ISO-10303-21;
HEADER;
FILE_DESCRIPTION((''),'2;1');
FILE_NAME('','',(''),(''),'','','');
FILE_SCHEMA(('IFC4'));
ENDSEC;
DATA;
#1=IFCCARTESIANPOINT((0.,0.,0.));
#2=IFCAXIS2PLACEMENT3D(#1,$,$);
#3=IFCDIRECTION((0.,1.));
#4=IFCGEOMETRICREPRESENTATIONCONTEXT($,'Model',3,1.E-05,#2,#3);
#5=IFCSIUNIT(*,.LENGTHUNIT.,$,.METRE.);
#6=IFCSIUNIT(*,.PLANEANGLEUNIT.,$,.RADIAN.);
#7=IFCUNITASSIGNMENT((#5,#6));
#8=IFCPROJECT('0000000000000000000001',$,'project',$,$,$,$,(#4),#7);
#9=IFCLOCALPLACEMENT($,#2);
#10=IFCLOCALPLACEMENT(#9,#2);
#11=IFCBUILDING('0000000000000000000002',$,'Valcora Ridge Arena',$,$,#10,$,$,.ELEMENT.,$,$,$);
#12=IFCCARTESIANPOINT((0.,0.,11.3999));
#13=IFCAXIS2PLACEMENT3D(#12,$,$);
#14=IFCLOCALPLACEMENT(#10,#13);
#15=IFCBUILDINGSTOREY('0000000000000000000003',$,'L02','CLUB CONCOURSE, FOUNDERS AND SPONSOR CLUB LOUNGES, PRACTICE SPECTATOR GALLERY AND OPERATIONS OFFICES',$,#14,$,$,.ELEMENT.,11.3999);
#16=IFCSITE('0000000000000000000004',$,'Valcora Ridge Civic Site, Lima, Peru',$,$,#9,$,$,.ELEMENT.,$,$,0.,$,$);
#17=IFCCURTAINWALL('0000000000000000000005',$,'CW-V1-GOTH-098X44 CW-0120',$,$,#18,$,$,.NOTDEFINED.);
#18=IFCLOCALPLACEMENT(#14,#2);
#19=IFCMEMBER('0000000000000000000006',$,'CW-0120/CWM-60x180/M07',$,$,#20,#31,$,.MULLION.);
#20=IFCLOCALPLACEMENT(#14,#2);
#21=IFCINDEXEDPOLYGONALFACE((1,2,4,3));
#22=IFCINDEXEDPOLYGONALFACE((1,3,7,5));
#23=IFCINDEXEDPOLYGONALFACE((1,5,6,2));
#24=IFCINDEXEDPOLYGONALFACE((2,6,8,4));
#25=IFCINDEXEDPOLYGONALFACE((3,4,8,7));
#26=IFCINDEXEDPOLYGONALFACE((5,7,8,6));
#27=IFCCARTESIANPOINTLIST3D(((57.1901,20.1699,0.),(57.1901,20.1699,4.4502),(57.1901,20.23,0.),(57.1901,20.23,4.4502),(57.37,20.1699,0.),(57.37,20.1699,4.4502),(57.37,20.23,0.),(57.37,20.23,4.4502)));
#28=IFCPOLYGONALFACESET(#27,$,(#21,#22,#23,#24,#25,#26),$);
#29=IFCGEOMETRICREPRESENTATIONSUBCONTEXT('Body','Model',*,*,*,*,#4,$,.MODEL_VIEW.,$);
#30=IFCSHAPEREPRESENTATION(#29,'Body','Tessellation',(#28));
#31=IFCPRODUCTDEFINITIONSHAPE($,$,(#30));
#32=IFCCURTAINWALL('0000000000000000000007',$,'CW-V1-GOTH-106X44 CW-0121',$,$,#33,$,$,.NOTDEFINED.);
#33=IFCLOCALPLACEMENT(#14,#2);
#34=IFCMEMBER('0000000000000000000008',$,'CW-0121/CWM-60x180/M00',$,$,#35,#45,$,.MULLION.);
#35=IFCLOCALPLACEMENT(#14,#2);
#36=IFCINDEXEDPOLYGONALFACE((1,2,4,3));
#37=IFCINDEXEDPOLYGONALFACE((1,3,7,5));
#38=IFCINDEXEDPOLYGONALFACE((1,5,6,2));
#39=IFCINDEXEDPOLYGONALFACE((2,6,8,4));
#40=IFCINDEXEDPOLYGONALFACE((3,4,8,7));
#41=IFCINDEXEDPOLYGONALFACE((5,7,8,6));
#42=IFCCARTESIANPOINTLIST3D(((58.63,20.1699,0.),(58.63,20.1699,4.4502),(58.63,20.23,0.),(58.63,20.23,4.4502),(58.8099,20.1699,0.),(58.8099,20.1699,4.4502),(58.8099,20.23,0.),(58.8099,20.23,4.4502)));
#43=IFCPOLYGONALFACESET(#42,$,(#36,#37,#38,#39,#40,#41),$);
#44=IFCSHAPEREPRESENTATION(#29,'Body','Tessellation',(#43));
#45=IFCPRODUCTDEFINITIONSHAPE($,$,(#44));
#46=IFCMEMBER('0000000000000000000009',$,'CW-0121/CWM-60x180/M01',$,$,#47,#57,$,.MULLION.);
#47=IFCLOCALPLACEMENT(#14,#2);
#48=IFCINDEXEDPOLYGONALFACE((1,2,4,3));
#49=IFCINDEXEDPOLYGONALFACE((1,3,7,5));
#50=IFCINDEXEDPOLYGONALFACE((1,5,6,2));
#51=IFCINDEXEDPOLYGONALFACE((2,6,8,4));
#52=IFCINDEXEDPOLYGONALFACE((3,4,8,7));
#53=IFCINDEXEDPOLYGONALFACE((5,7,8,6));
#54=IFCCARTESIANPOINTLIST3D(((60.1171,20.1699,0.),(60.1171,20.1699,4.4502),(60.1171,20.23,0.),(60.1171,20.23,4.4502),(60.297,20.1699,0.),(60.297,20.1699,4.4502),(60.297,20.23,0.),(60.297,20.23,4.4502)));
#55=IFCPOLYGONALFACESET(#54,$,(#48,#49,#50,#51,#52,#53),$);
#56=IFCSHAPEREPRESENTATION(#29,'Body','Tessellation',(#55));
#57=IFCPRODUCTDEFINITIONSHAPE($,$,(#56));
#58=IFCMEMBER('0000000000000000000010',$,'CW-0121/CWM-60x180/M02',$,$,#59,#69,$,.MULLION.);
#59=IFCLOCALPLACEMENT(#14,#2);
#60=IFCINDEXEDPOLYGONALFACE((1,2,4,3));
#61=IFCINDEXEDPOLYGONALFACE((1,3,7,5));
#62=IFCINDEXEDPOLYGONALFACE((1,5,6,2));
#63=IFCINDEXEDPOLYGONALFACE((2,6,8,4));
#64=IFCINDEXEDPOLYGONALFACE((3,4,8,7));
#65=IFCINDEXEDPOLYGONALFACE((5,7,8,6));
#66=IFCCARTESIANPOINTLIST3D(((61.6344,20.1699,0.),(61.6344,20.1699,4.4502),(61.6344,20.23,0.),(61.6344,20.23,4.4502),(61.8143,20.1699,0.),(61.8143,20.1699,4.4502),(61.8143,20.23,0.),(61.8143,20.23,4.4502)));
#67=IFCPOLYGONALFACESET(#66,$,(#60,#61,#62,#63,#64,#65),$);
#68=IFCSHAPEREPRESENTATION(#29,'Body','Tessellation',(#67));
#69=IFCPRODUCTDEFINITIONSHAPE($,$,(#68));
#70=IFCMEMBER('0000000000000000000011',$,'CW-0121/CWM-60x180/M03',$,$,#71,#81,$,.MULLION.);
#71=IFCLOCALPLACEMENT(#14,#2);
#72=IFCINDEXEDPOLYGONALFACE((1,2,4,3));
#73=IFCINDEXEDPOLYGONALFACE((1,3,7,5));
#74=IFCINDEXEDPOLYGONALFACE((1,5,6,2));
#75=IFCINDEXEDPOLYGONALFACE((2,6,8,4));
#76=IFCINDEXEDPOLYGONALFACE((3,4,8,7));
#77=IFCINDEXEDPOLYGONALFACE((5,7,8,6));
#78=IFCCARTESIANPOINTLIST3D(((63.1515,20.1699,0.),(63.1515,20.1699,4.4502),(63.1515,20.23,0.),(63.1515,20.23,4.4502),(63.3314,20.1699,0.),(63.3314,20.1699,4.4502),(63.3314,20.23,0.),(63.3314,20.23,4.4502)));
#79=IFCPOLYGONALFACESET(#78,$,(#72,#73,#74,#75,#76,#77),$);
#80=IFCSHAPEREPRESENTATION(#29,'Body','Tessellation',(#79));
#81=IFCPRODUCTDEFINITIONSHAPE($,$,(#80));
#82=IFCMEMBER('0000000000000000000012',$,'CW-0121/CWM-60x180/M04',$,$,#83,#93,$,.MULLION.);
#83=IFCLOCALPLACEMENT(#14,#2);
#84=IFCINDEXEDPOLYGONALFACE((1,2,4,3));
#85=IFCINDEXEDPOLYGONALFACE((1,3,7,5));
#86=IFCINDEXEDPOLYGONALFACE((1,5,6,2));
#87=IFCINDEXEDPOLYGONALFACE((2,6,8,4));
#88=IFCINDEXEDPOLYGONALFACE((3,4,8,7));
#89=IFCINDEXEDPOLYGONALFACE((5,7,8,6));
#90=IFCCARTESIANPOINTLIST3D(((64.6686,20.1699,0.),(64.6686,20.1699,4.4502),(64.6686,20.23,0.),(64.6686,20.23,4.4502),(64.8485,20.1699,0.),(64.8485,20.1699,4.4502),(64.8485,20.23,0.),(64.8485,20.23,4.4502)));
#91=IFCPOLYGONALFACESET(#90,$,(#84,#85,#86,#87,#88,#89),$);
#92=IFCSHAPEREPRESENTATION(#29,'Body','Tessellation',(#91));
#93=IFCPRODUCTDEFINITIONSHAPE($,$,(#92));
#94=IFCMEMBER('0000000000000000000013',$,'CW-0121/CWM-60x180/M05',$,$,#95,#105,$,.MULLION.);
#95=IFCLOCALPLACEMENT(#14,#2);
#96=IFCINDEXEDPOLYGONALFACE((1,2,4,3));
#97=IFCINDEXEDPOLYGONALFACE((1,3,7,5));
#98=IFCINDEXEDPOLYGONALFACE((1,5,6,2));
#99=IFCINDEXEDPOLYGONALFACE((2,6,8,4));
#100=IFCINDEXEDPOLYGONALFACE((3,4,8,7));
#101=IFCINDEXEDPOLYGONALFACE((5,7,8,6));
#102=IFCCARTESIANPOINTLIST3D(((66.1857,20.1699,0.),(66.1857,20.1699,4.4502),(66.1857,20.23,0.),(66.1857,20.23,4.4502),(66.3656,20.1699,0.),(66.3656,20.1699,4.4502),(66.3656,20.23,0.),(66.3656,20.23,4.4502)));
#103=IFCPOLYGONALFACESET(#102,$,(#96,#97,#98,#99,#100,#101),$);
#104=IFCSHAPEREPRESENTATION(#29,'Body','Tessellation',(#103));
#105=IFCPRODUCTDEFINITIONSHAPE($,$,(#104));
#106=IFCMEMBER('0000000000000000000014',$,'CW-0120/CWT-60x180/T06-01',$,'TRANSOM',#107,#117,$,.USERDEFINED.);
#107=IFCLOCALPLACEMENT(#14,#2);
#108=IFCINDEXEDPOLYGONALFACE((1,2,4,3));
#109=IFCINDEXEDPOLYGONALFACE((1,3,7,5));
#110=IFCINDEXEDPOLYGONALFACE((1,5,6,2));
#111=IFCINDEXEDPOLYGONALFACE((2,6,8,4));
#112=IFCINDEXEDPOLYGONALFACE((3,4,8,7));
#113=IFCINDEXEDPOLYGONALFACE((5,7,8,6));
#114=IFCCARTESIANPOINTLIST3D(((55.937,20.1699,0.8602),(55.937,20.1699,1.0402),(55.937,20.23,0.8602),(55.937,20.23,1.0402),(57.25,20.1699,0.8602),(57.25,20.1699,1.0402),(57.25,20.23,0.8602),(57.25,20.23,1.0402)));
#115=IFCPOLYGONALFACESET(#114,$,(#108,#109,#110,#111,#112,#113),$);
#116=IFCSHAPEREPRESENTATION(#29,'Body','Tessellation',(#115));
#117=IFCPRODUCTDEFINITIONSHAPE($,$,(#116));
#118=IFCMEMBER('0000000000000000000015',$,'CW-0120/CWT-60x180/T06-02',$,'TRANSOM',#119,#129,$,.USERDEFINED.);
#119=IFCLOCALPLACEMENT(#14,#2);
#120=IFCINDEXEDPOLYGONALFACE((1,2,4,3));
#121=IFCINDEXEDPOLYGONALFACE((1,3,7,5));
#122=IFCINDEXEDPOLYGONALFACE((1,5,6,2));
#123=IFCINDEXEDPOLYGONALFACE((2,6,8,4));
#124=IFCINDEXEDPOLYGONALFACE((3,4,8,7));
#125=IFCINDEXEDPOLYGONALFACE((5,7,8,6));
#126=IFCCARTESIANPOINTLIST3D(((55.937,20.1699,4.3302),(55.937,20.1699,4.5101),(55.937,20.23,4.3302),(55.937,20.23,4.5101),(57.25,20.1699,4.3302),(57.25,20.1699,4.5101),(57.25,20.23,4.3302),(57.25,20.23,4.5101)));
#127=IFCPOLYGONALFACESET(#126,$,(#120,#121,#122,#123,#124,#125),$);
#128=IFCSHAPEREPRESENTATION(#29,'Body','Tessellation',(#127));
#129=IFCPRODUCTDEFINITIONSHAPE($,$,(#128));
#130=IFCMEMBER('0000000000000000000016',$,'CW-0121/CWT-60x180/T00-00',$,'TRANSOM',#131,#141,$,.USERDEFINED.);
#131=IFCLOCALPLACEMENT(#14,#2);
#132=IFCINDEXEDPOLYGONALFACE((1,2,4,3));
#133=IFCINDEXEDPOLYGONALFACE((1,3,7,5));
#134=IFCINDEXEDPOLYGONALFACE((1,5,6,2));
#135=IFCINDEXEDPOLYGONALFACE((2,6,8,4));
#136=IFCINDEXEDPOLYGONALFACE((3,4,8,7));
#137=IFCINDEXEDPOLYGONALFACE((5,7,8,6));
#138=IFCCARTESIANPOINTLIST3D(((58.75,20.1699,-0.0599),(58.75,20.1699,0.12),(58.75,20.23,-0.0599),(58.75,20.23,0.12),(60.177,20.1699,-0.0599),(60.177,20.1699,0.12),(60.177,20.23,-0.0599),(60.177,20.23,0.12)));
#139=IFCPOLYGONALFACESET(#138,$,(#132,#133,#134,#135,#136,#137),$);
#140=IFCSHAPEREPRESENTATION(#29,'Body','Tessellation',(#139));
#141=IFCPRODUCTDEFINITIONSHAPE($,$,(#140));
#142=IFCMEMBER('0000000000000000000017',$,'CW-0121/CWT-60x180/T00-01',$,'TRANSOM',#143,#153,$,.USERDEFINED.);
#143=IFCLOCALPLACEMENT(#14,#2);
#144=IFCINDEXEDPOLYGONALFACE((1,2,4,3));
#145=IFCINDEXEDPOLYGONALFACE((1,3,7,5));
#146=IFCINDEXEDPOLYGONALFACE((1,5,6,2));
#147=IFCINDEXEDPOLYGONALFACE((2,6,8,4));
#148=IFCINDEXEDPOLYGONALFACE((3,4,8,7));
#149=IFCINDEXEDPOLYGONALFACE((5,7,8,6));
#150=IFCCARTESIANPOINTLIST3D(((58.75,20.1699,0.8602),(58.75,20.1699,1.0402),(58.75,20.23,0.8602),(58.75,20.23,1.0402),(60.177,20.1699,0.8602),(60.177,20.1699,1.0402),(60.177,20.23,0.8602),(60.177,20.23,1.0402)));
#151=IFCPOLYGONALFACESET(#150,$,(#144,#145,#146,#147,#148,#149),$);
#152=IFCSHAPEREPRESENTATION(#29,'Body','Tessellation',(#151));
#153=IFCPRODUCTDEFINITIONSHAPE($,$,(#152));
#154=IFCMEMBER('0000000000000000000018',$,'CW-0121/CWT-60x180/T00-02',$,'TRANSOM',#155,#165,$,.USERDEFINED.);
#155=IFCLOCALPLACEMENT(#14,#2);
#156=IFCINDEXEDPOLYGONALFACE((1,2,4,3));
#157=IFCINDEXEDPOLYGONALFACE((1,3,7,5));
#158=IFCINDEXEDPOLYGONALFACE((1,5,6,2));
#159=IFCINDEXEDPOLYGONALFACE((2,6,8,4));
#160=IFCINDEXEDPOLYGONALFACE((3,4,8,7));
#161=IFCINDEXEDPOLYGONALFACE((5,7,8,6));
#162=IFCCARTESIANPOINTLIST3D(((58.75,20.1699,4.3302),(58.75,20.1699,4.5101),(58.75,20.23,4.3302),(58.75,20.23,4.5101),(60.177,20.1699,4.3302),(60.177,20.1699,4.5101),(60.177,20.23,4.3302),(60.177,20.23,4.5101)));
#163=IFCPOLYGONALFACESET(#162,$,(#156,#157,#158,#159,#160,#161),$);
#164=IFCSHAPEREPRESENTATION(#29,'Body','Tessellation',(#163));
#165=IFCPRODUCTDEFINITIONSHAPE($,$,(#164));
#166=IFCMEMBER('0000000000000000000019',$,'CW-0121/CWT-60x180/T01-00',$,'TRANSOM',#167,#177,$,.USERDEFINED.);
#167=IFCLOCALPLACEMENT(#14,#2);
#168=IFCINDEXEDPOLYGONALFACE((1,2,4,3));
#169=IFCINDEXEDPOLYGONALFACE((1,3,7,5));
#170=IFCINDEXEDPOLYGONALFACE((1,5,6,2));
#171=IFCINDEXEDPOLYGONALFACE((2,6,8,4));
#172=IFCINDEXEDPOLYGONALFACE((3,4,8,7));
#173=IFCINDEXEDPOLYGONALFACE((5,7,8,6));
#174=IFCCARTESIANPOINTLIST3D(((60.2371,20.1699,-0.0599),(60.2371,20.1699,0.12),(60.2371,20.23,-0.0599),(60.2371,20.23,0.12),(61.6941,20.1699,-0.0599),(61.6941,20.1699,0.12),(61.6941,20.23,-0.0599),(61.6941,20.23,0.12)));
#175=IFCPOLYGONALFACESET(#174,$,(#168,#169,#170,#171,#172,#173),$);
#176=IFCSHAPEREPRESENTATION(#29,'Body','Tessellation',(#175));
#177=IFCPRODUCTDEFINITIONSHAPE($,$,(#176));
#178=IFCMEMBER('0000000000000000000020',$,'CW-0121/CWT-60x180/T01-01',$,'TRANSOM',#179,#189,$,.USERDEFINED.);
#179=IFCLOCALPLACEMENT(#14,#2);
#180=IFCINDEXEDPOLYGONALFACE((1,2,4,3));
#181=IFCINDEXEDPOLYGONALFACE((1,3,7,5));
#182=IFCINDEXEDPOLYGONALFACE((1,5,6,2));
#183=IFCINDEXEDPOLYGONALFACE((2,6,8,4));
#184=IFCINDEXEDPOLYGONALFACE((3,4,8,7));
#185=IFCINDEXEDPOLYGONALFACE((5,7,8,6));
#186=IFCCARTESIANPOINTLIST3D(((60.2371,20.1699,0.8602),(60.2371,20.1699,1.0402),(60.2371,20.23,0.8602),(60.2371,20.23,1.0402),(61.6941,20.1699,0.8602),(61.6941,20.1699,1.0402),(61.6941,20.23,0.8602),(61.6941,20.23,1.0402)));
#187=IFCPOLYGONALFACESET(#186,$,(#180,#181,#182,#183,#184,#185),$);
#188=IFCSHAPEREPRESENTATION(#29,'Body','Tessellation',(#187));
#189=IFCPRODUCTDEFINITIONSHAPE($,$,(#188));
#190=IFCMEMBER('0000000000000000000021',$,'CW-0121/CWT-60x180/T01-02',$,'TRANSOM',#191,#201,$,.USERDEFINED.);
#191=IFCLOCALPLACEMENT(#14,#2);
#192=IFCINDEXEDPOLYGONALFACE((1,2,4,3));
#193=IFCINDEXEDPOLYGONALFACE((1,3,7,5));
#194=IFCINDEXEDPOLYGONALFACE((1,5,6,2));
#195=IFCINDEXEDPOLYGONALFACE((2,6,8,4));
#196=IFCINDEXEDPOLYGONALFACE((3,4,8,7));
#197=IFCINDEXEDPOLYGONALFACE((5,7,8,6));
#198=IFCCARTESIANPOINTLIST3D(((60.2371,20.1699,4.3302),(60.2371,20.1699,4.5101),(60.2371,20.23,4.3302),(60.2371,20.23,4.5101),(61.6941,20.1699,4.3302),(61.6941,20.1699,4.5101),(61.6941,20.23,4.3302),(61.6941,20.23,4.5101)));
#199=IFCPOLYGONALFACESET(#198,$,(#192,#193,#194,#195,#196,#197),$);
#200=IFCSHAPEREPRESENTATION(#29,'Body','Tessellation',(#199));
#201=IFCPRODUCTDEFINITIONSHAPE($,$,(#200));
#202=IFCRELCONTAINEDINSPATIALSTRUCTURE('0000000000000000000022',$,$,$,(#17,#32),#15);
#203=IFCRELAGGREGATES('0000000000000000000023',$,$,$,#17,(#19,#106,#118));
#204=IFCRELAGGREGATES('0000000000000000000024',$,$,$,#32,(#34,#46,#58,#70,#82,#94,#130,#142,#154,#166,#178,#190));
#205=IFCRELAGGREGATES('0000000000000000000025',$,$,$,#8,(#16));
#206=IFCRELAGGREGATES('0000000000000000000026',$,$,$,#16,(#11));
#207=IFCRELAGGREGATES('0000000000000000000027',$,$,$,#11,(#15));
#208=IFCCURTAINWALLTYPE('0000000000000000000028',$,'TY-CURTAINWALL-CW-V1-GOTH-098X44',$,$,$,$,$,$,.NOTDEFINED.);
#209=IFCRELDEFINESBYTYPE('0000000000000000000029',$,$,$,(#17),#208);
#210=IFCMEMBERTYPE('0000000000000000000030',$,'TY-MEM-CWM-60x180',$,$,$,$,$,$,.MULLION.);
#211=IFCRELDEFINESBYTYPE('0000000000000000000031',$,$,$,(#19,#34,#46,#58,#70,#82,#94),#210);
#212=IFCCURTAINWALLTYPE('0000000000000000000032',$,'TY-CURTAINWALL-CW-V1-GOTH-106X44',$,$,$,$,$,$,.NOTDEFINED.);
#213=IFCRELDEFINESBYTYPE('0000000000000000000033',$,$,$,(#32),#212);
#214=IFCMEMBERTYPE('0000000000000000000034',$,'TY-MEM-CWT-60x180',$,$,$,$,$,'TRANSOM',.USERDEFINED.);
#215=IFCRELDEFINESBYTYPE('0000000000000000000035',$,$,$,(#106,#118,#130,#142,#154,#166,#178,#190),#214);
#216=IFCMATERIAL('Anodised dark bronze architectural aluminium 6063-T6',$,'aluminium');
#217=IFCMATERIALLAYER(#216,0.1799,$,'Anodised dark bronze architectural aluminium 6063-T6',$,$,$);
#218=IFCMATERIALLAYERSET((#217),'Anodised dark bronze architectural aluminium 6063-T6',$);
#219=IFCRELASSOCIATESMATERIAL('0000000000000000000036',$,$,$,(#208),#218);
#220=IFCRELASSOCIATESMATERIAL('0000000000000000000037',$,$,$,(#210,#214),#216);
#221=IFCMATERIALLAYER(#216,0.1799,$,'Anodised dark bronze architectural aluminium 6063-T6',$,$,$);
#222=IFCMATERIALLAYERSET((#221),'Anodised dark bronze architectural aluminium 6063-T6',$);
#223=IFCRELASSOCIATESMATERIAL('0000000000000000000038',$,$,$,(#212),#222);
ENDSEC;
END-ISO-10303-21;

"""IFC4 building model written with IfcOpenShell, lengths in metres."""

from ifc_helpers import new_model, si_unit, direction, frame, origin, origin_2d, place, context, subcontext, project, spatial, rectangle, extrude, material, layer, layer_set, material_profile, profile_set, type_object, element, aggregate, save


model = new_model("IFC4")

# Units and contexts
model_context = context("Model", 3, precision=1e-05, world=origin(), true_north=direction((0.0, 1.0)))
body_context = subcontext(model_context, "Body", "Model", "MODEL_VIEW")
ifc_project = project(units=[si_unit("LENGTHUNIT", "METRE"), si_unit("PLANEANGLEUNIT", "RADIAN")], contexts=[model_context])

# Site, building, storey
site_placement = place(None, origin())
site = spatial("IfcSite", under=ifc_project, at=site_placement, Name="Valcora Ridge Civic Site, Lima, Peru", CompositionType="ELEMENT", RefElevation=0.0)
building_placement = place(site_placement, origin())
building = spatial("IfcBuilding", under=site, at=building_placement, Name="Valcora Ridge Arena", CompositionType="ELEMENT")
storey_placement = place(building_placement, frame((0.0, 0.0, 11.3999)))
storey = spatial("IfcBuildingStorey", under=building, at=storey_placement, Name="L02", Description="CLUB CONCOURSE, FOUNDERS AND SPONSOR CLUB LOUNGES, PRACTICE SPECTATOR GALLERY AND OPERATIONS OFFICES", CompositionType="ELEMENT", Elevation=11.3999)

# Curtain wall, member
ifc_material_1 = material(Name="Anodised dark bronze architectural aluminium 6063-T6", Category="aluminium")
ifc_layer_1 = layer(ifc_material_1, 0.1799, Name="Anodised dark bronze architectural aluminium 6063-T6")
ifc_layer_set_1 = layer_set([ifc_layer_1], Name="Anodised dark bronze architectural aluminium 6063-T6")
curtain_wall_type_1 = type_object("IfcCurtainWallType", Name="TY-CURTAINWALL-CW-V1-GOTH-098X44", PredefinedType="NOTDEFINED", material=ifc_layer_set_1)
curtain_wall_1_placement = place(storey_placement, origin())
curtain_wall_1 = element("IfcCurtainWall", 1, at=curtain_wall_1_placement, inside=storey, type_object=curtain_wall_type_1, Name="CW-V1-GOTH-098X44 CW-0120", PredefinedType="NOTDEFINED")
ifc_material_profile_1 = material_profile(ifc_material_1, rectangle(XDim=0.0601, YDim=0.1799, at=origin_2d()), Name="ALU MULLION 60x180")
ifc_profile_set_1 = profile_set([ifc_material_profile_1], Name="Anodised dark bronze architectural aluminium 6063-T6")
member_type_1 = type_object("IfcMemberType", Name="TY-MEM-CWM-60x180", PredefinedType="MULLION", material=ifc_profile_set_1)
member_1_placement = place(storey_placement, frame((57.28, 20.2, 0.0), z_axis=(0.0, 0.0, 1.0), x_axis=(0.0, 1.0, 0.0)))
member_1 = element("IfcMember", 2, at=member_1_placement, type_object=member_type_1, Name="CW-0120/CWM-60x180/M07", PredefinedType="MULLION", context=body_context, shape_type="SweptSolid", body=[
    extrude(rectangle(XDim=0.0601, YDim=0.1799, at=origin_2d()), origin(), (0.0, 0.0, 1.0), 4.4502),
])

# Curtain wall, members
ifc_layer_2 = layer(ifc_material_1, 0.1799, Name="Anodised dark bronze architectural aluminium 6063-T6")
ifc_layer_set_2 = layer_set([ifc_layer_2], Name="Anodised dark bronze architectural aluminium 6063-T6")
curtain_wall_type_2 = type_object("IfcCurtainWallType", Name="TY-CURTAINWALL-CW-V1-GOTH-106X44", PredefinedType="NOTDEFINED", material=ifc_layer_set_2)
curtain_wall_2_placement = place(storey_placement, origin())
curtain_wall_2 = element("IfcCurtainWall", 3, at=curtain_wall_2_placement, inside=storey, type_object=curtain_wall_type_2, Name="CW-V1-GOTH-106X44 CW-0121", PredefinedType="NOTDEFINED")
member_2_placement = place(storey_placement, frame((58.72, 20.2, 0.0), z_axis=(0.0, 0.0, 1.0), x_axis=(0.0, 1.0, 0.0)))
member_2 = element("IfcMember", 4, at=member_2_placement, type_object=member_type_1, Name="CW-0121/CWM-60x180/M00", PredefinedType="MULLION", context=body_context, shape_type="SweptSolid", body=[
    extrude(rectangle(XDim=0.0601, YDim=0.1799, at=origin_2d()), origin(), (0.0, 0.0, 1.0), 4.4502),
])
member_3_placement = place(storey_placement, frame((60.207, 20.2, 0.0), z_axis=(0.0, 0.0, 1.0), x_axis=(0.0, 1.0, 0.0)))
member_3 = element("IfcMember", 5, at=member_3_placement, type_object=member_type_1, Name="CW-0121/CWM-60x180/M01", PredefinedType="MULLION", context=body_context, shape_type="SweptSolid", body=[
    extrude(rectangle(XDim=0.0601, YDim=0.1799, at=origin_2d()), origin(), (0.0, 0.0, 1.0), 4.4502),
])
member_4_placement = place(storey_placement, frame((61.7244, 20.2, 0.0), z_axis=(0.0, 0.0, 1.0), x_axis=(0.0, 1.0, 0.0)))
member_4 = element("IfcMember", 6, at=member_4_placement, type_object=member_type_1, Name="CW-0121/CWM-60x180/M02", PredefinedType="MULLION", context=body_context, shape_type="SweptSolid", body=[
    extrude(rectangle(XDim=0.0601, YDim=0.1799, at=origin_2d()), origin(), (0.0, 0.0, 1.0), 4.4502),
])
member_5_placement = place(storey_placement, frame((63.2415, 20.2, 0.0), z_axis=(0.0, 0.0, 1.0), x_axis=(0.0, 1.0, 0.0)))
member_5 = element("IfcMember", 7, at=member_5_placement, type_object=member_type_1, Name="CW-0121/CWM-60x180/M03", PredefinedType="MULLION", context=body_context, shape_type="SweptSolid", body=[
    extrude(rectangle(XDim=0.0601, YDim=0.1799, at=origin_2d()), origin(), (0.0, 0.0, 1.0), 4.4502),
])
member_6_placement = place(storey_placement, frame((64.7585, 20.2, 0.0), z_axis=(0.0, 0.0, 1.0), x_axis=(0.0, 1.0, 0.0)))
member_6 = element("IfcMember", 8, at=member_6_placement, type_object=member_type_1, Name="CW-0121/CWM-60x180/M04", PredefinedType="MULLION", context=body_context, shape_type="SweptSolid", body=[
    extrude(rectangle(XDim=0.0601, YDim=0.1799, at=origin_2d()), origin(), (0.0, 0.0, 1.0), 4.4502),
])
member_7_placement = place(storey_placement, frame((66.2756, 20.2, 0.0), z_axis=(0.0, 0.0, 1.0), x_axis=(0.0, 1.0, 0.0)))
member_7 = element("IfcMember", 9, at=member_7_placement, type_object=member_type_1, Name="CW-0121/CWM-60x180/M05", PredefinedType="MULLION", context=body_context, shape_type="SweptSolid", body=[
    extrude(rectangle(XDim=0.0601, YDim=0.1799, at=origin_2d()), origin(), (0.0, 0.0, 1.0), 4.4502),
])

# Members
ifc_material_profile_2 = material_profile(ifc_material_1, rectangle(XDim=0.0601, YDim=0.1799, at=origin_2d()), Name="ALU TRANSOM 60x180")
ifc_profile_set_2 = profile_set([ifc_material_profile_2], Name="Anodised dark bronze architectural aluminium 6063-T6")
member_type_2 = type_object("IfcMemberType", Name="TY-MEM-CWT-60x180", ElementType="TRANSOM", PredefinedType="USERDEFINED", material=ifc_profile_set_2)
member_8_placement = place(storey_placement, frame((55.937, 20.2, 0.9502), z_axis=(1.0, 0.0, 0.0), x_axis=(0.0, 1.0, 0.0)))
member_8 = element("IfcMember", 10, at=member_8_placement, type_object=member_type_2, Name="CW-0120/CWT-60x180/T06-01", ObjectType="TRANSOM", PredefinedType="USERDEFINED", context=body_context, shape_type="SweptSolid", body=[
    extrude(rectangle(XDim=0.0601, YDim=0.1799, at=origin_2d()), origin(), (0.0, 0.0, 1.0), 1.313),
])
member_9_placement = place(storey_placement, frame((55.937, 20.2, 4.4202), z_axis=(1.0, 0.0, 0.0), x_axis=(0.0, 1.0, 0.0)))
member_9 = element("IfcMember", 11, at=member_9_placement, type_object=member_type_2, Name="CW-0120/CWT-60x180/T06-02", ObjectType="TRANSOM", PredefinedType="USERDEFINED", context=body_context, shape_type="SweptSolid", body=[
    extrude(rectangle(XDim=0.0601, YDim=0.1799, at=origin_2d()), origin(), (0.0, 0.0, 1.0), 1.313),
])
member_10_placement = place(storey_placement, frame((58.75, 20.2, 0.03), z_axis=(1.0, 0.0, 0.0), x_axis=(0.0, 1.0, 0.0)))
member_10 = element("IfcMember", 12, at=member_10_placement, type_object=member_type_2, Name="CW-0121/CWT-60x180/T00-00", ObjectType="TRANSOM", PredefinedType="USERDEFINED", context=body_context, shape_type="SweptSolid", body=[
    extrude(rectangle(XDim=0.0601, YDim=0.1799, at=origin_2d()), origin(), (0.0, 0.0, 1.0), 1.427),
])
member_11_placement = place(storey_placement, frame((58.75, 20.2, 0.9502), z_axis=(1.0, 0.0, 0.0), x_axis=(0.0, 1.0, 0.0)))
member_11 = element("IfcMember", 13, at=member_11_placement, type_object=member_type_2, Name="CW-0121/CWT-60x180/T00-01", ObjectType="TRANSOM", PredefinedType="USERDEFINED", context=body_context, shape_type="SweptSolid", body=[
    extrude(rectangle(XDim=0.0601, YDim=0.1799, at=origin_2d()), origin(), (0.0, 0.0, 1.0), 1.427),
])
member_12_placement = place(storey_placement, frame((58.75, 20.2, 4.4202), z_axis=(1.0, 0.0, 0.0), x_axis=(0.0, 1.0, 0.0)))
member_12 = element("IfcMember", 14, at=member_12_placement, type_object=member_type_2, Name="CW-0121/CWT-60x180/T00-02", ObjectType="TRANSOM", PredefinedType="USERDEFINED", context=body_context, shape_type="SweptSolid", body=[
    extrude(rectangle(XDim=0.0601, YDim=0.1799, at=origin_2d()), origin(), (0.0, 0.0, 1.0), 1.427),
])
member_13_placement = place(storey_placement, frame((60.2371, 20.2, 0.03), z_axis=(1.0, 0.0, 0.0), x_axis=(0.0, 1.0, 0.0)))
member_13 = element("IfcMember", 15, at=member_13_placement, type_object=member_type_2, Name="CW-0121/CWT-60x180/T01-00", ObjectType="TRANSOM", PredefinedType="USERDEFINED", context=body_context, shape_type="SweptSolid", body=[
    extrude(rectangle(XDim=0.0601, YDim=0.1799, at=origin_2d()), origin(), (0.0, 0.0, 1.0), 1.457),
])
member_14_placement = place(storey_placement, frame((60.2371, 20.2, 0.9502), z_axis=(1.0, 0.0, 0.0), x_axis=(0.0, 1.0, 0.0)))
member_14 = element("IfcMember", 16, at=member_14_placement, type_object=member_type_2, Name="CW-0121/CWT-60x180/T01-01", ObjectType="TRANSOM", PredefinedType="USERDEFINED", context=body_context, shape_type="SweptSolid", body=[
    extrude(rectangle(XDim=0.0601, YDim=0.1799, at=origin_2d()), origin(), (0.0, 0.0, 1.0), 1.457),
])
member_15_placement = place(storey_placement, frame((60.2371, 20.2, 4.4202), z_axis=(1.0, 0.0, 0.0), x_axis=(0.0, 1.0, 0.0)))
member_15 = element("IfcMember", 17, at=member_15_placement, type_object=member_type_2, Name="CW-0121/CWT-60x180/T01-02", ObjectType="TRANSOM", PredefinedType="USERDEFINED", context=body_context, shape_type="SweptSolid", body=[
    extrude(rectangle(XDim=0.0601, YDim=0.1799, at=origin_2d()), origin(), (0.0, 0.0, 1.0), 1.457),
])

aggregate(curtain_wall_1, [member_1, member_8, member_9])
aggregate(curtain_wall_2, [member_2, member_3, member_4, member_5, member_6, member_7, member_10, member_11, member_12, member_13, member_14, member_15])

save(model, "model.ifc")
